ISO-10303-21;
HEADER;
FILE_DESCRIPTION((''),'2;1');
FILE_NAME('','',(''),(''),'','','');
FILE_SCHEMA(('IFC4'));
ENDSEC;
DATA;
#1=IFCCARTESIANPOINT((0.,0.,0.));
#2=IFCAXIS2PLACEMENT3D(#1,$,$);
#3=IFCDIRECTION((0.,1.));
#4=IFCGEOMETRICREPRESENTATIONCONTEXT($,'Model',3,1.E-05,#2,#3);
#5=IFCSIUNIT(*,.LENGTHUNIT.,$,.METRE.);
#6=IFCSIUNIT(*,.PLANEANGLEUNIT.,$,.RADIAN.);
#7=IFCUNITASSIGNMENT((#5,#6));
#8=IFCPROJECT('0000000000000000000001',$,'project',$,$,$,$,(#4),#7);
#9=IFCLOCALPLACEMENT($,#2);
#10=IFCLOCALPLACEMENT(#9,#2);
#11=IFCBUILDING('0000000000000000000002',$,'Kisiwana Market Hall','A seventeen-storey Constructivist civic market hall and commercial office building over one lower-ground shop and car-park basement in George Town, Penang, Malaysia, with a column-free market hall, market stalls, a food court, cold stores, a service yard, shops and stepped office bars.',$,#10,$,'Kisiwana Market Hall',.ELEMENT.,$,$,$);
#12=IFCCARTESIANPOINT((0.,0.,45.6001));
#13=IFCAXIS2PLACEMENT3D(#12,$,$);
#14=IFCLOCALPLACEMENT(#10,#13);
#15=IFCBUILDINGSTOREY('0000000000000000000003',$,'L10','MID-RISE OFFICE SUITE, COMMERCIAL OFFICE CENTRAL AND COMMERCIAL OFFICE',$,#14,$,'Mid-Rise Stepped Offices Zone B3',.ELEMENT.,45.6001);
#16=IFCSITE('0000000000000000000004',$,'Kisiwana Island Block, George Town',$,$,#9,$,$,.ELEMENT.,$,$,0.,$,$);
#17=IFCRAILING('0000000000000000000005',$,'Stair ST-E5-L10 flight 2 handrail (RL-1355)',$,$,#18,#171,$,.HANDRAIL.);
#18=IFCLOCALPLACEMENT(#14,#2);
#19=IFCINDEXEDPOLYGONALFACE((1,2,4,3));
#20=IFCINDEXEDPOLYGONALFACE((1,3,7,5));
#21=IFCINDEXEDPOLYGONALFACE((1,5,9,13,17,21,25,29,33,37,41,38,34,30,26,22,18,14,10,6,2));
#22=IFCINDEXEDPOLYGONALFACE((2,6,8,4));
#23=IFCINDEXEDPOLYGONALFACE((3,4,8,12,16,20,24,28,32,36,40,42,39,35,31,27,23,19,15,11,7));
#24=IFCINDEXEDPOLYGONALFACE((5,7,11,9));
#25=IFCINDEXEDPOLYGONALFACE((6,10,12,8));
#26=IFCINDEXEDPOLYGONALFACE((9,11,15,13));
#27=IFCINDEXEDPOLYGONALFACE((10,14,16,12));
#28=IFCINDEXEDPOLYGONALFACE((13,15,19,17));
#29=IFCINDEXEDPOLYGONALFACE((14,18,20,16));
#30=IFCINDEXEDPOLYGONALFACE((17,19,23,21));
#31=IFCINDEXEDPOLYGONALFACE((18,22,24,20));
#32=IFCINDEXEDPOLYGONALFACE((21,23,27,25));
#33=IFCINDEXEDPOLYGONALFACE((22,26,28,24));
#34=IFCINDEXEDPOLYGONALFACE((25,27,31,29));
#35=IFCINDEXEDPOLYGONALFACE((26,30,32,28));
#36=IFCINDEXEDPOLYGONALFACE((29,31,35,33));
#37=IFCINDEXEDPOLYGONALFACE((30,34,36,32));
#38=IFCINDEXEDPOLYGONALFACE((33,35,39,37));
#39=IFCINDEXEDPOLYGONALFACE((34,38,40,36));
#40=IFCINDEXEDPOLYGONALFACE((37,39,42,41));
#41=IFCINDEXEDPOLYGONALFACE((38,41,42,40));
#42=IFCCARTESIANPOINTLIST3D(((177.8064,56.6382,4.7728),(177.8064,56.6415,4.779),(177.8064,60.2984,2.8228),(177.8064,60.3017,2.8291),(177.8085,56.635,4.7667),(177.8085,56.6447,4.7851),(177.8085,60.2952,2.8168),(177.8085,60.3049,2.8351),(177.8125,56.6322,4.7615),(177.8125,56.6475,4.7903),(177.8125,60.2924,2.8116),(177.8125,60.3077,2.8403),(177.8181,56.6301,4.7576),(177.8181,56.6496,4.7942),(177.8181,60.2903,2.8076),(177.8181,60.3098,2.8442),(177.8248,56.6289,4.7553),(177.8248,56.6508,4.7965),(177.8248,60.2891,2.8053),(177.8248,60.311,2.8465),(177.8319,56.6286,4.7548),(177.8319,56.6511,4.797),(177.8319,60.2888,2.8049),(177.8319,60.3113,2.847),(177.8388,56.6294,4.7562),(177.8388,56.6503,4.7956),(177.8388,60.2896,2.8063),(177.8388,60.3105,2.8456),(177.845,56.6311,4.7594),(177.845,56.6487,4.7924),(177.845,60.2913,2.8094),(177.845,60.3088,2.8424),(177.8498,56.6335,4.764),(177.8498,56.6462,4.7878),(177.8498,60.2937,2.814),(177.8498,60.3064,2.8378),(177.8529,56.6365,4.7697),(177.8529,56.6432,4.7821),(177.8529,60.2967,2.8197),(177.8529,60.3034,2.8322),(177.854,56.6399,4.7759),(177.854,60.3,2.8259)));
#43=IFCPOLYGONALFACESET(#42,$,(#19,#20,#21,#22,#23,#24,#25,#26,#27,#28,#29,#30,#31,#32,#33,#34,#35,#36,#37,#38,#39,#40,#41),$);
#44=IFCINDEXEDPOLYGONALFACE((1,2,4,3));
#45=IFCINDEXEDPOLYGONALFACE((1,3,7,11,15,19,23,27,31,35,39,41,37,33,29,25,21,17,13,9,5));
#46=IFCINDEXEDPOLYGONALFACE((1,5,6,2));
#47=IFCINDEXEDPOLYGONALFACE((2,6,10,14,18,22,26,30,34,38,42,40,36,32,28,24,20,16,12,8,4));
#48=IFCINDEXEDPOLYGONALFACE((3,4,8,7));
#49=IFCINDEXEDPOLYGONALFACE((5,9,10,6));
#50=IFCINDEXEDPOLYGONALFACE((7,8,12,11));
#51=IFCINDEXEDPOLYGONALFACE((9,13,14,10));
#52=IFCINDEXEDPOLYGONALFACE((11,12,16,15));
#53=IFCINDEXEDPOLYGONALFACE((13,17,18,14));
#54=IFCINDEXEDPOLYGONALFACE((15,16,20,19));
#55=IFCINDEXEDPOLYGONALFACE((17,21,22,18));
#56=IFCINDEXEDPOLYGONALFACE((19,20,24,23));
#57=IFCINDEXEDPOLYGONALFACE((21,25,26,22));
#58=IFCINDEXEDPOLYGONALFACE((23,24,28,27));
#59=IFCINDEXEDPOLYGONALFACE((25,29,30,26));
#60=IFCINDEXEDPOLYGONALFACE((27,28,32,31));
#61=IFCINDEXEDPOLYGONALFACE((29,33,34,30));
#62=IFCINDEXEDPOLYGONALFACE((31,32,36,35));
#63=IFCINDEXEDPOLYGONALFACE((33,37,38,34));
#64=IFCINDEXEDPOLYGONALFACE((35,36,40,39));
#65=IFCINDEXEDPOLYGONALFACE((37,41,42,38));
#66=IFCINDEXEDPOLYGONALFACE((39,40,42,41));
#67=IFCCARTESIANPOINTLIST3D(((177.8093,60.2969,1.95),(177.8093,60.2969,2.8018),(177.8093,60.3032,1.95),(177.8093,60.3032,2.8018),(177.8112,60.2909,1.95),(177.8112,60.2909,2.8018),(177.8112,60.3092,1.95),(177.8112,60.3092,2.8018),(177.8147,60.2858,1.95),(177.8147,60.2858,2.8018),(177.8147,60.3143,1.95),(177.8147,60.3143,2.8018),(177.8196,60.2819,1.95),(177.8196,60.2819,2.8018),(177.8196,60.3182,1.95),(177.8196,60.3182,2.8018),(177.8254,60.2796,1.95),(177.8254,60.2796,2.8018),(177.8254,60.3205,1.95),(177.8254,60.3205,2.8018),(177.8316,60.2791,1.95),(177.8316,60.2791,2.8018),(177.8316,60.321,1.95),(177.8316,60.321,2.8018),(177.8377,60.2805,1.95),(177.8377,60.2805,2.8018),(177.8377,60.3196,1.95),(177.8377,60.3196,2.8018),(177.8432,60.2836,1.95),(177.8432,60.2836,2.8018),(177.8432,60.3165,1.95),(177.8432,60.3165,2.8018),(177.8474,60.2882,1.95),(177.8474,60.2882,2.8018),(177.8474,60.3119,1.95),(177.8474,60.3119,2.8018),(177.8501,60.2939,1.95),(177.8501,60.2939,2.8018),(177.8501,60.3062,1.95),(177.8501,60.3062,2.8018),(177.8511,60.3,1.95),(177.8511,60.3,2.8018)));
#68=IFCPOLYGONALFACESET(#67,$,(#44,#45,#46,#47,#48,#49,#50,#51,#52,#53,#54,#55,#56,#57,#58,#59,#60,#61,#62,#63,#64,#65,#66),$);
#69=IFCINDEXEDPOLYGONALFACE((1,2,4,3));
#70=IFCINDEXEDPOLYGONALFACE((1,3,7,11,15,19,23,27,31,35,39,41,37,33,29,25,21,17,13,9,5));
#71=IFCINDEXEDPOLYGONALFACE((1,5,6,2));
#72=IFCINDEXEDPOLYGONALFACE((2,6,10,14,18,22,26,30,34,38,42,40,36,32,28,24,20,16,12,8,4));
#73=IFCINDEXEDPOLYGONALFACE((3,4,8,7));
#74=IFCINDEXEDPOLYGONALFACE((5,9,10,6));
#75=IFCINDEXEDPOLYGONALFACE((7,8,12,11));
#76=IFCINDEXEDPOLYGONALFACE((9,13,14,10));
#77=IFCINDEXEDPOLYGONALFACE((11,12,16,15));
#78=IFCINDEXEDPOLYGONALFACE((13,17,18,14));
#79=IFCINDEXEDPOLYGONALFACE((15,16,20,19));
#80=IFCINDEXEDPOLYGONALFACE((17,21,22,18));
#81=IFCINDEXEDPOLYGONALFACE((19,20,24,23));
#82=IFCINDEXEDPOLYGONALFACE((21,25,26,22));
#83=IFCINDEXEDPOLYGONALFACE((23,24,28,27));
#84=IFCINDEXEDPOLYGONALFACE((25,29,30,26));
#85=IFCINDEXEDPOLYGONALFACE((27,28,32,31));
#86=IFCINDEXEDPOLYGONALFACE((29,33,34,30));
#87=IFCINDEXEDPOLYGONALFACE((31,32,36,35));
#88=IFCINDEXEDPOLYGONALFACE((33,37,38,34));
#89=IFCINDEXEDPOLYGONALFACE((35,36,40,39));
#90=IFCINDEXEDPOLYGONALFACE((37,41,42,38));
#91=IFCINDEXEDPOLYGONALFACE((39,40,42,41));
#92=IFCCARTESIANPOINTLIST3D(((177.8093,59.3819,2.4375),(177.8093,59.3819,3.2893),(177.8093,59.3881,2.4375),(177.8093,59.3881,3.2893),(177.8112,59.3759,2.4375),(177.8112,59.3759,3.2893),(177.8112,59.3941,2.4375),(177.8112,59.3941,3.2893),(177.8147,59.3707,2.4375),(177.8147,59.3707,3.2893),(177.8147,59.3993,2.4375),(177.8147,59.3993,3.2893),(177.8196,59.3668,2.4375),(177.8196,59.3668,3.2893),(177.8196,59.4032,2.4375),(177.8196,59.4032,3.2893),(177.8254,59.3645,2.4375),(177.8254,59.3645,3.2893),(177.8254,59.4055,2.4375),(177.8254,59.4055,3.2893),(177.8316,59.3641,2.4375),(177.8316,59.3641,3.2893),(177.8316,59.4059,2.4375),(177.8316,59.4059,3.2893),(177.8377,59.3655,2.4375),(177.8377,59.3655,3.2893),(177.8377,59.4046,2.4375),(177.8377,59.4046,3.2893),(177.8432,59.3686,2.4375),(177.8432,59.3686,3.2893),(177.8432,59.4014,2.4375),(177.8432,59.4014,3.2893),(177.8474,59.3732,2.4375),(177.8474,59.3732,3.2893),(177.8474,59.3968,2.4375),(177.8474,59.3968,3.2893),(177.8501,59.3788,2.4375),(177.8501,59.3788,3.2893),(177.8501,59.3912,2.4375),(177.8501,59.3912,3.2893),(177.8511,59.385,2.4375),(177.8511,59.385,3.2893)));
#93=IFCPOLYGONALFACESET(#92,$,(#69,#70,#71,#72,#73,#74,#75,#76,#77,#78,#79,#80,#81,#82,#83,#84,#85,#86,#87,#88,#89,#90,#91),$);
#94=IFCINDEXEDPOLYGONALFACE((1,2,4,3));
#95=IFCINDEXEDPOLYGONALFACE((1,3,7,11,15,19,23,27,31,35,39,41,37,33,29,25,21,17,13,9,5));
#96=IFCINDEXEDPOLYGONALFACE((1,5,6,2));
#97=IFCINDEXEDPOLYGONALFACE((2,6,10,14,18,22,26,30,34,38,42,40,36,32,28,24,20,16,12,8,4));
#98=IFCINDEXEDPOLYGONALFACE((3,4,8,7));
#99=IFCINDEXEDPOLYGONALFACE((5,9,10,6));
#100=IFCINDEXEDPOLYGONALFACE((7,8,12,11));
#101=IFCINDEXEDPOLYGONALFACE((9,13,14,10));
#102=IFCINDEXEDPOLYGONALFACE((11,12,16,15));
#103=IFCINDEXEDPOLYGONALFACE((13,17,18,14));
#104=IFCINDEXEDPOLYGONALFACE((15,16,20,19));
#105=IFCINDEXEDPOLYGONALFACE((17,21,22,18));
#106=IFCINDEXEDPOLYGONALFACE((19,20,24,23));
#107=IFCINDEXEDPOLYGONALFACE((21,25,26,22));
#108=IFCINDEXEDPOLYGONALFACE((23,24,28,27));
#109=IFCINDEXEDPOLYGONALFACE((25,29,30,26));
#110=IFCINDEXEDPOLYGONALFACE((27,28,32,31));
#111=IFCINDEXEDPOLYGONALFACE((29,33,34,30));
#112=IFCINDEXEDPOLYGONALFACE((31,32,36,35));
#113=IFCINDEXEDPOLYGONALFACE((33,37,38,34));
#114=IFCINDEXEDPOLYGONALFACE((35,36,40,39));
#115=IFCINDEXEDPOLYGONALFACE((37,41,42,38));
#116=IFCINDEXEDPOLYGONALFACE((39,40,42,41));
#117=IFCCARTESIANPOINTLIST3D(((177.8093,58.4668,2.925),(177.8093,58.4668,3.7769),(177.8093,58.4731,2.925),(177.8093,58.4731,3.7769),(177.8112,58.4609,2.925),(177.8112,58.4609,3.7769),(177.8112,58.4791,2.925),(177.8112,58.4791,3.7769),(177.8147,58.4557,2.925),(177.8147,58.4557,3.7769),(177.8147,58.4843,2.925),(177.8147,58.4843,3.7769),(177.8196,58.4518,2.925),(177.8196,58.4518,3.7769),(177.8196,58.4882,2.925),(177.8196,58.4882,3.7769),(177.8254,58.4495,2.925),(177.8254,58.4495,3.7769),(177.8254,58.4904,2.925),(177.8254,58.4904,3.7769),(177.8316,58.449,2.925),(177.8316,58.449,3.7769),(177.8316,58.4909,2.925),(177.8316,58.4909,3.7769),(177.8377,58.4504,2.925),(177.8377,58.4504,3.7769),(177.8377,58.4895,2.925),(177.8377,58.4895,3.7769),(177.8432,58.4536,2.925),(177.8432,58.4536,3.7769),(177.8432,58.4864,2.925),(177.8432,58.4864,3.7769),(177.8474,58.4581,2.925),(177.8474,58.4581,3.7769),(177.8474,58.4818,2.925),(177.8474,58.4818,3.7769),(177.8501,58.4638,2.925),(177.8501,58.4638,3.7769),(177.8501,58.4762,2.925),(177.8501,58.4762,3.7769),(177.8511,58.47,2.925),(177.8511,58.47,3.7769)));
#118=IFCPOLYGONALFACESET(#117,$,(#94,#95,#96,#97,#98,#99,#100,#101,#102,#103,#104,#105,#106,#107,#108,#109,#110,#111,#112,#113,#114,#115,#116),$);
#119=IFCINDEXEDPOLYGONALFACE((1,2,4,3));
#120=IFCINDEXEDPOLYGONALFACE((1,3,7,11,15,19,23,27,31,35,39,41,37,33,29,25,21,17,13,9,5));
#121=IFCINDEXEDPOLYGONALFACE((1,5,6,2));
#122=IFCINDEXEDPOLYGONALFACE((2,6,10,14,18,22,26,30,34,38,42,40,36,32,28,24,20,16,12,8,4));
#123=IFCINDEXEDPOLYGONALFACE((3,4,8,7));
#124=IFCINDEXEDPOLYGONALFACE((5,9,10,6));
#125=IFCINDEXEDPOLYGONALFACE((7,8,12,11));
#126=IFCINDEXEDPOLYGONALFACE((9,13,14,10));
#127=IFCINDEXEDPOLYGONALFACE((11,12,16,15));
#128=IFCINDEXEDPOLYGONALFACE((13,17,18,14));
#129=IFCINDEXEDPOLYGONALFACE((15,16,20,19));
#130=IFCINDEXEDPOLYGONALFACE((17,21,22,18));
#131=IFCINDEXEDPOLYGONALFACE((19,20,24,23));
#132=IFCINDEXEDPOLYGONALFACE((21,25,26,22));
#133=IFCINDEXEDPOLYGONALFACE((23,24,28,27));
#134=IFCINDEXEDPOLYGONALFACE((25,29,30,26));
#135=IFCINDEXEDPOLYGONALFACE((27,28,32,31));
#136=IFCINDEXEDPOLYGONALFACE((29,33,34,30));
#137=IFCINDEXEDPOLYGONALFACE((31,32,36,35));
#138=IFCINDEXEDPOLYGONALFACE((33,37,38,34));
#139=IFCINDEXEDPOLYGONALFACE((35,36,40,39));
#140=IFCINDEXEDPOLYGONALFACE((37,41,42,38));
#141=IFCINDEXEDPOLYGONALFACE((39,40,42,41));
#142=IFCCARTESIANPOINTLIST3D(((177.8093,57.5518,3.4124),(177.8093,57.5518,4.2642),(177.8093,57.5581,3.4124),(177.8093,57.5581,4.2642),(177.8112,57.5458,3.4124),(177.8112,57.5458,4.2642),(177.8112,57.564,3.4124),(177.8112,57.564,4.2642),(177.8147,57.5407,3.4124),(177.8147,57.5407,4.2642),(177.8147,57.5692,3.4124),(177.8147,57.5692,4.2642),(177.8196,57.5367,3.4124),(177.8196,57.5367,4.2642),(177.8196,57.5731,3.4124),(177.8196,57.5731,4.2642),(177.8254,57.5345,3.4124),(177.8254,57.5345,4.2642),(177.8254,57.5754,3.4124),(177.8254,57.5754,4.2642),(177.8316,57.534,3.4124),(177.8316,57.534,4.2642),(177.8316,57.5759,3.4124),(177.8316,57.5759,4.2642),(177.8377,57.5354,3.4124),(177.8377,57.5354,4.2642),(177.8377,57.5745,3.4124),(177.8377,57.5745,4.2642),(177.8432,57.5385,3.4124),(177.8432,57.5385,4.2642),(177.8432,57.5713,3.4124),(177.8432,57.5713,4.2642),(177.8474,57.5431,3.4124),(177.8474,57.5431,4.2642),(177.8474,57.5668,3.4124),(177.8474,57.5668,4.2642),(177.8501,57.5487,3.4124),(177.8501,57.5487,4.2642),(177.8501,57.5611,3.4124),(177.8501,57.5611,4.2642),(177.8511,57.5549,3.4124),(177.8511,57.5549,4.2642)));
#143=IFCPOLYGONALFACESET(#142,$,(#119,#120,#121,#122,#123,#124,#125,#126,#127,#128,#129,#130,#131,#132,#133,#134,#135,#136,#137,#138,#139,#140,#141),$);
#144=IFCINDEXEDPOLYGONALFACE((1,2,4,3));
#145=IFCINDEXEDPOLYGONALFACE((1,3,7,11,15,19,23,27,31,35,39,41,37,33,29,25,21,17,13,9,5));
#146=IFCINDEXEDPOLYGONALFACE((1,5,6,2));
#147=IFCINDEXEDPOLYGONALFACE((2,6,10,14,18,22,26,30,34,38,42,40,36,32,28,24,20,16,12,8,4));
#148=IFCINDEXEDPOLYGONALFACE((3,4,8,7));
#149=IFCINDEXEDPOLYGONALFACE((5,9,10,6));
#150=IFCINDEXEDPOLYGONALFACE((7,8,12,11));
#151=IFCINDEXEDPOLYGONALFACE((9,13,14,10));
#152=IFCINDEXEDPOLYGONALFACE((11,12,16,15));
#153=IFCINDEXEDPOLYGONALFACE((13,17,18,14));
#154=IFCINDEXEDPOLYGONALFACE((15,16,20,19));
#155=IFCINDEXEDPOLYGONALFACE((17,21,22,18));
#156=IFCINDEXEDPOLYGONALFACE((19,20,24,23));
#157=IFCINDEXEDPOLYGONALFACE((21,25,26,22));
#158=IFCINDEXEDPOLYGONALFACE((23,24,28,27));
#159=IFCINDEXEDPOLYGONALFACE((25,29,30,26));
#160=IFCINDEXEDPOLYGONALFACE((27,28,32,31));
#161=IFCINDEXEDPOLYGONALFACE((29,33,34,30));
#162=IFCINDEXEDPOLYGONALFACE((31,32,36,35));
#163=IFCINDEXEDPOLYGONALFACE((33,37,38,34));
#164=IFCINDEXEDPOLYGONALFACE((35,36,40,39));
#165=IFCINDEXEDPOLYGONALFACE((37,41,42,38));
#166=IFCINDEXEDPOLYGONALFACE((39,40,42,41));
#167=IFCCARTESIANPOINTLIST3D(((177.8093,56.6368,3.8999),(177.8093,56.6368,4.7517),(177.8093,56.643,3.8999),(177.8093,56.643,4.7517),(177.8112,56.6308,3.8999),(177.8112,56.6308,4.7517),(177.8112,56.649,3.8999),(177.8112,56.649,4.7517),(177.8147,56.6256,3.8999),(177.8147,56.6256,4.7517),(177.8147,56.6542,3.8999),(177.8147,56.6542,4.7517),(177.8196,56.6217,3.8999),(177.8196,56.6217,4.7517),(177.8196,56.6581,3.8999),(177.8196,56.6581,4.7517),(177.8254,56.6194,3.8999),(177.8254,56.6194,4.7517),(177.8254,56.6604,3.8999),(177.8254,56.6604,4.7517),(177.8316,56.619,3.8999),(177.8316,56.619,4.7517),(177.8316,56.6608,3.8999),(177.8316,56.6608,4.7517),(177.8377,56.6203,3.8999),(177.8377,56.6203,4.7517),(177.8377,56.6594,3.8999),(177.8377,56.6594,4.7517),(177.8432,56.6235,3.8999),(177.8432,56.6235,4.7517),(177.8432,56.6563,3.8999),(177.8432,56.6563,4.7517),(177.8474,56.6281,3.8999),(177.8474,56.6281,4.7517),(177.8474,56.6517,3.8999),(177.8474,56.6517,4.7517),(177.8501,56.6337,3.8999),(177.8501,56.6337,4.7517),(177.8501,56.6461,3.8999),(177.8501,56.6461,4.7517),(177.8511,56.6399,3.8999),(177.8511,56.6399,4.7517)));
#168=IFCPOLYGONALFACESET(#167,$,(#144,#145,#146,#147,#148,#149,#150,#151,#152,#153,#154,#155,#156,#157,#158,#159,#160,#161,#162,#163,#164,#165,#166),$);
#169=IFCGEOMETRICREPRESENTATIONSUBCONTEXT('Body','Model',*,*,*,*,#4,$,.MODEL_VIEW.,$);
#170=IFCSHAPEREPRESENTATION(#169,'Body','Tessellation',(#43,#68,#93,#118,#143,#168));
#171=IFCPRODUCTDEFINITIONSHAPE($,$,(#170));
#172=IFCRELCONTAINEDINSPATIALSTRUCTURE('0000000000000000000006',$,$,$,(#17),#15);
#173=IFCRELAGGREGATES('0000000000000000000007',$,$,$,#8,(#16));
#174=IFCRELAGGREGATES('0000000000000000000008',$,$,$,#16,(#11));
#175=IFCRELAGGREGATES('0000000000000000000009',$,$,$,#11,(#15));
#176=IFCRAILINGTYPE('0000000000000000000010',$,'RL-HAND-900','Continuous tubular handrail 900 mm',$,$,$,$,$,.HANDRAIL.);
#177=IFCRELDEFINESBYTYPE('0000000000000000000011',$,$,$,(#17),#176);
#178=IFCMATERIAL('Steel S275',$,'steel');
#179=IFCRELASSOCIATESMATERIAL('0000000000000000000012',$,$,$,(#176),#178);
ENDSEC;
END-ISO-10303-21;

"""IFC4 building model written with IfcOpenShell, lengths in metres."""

from ifc_helpers import new_model, si_unit, direction, frame, origin, origin_2d, place, context, subcontext, project, spatial, circle, extrude, material, type_object, element, save


model = new_model("IFC4")

# Units and contexts
model_context = context("Model", 3, precision=1e-05, world=origin(), true_north=direction((0.0, 1.0)))
body_context = subcontext(model_context, "Body", "Model", "MODEL_VIEW")
ifc_project = project(units=[si_unit("LENGTHUNIT", "METRE"), si_unit("PLANEANGLEUNIT", "RADIAN")], contexts=[model_context])

# Site, building, storey
site_placement = place(None, origin())
site = spatial("IfcSite", under=ifc_project, at=site_placement, Name="Kisiwana Island Block, George Town", CompositionType="ELEMENT", RefElevation=0.0)
building_placement = place(site_placement, origin())
building = spatial("IfcBuilding", under=site, at=building_placement, Name="Kisiwana Market Hall", Description="A seventeen-storey Constructivist civic market hall and commercial office building over one lower-ground shop and car-park basement in George Town, Penang, Malaysia, with a column-free market hall, market stalls, a food court, cold stores, a service yard, shops and stepped office bars.", LongName="Kisiwana Market Hall", CompositionType="ELEMENT")
storey_placement = place(building_placement, frame((0.0, 0.0, 45.6001)))
storey = spatial("IfcBuildingStorey", under=building, at=storey_placement, Name="L10", Description="MID-RISE OFFICE SUITE, COMMERCIAL OFFICE CENTRAL AND COMMERCIAL OFFICE", LongName="Mid-Rise Stepped Offices Zone B3", CompositionType="ELEMENT", Elevation=45.6001)

# Railing
ifc_material_1 = material(Name="Steel S275", Category="steel")
railing_type_1 = type_object("IfcRailingType", Name="RL-HAND-900", Description="Continuous tubular handrail 900 mm", PredefinedType="HANDRAIL", material=ifc_material_1)
railing_1_placement = place(storey_placement, frame((177.8301, 60.3, 1.95)))
element("IfcRailing", 1, at=railing_1_placement, inside=storey, type_object=railing_type_1, Name="Stair ST-E5-L10 flight 2 handrail (RL-1355)", PredefinedType="HANDRAIL", context=body_context, shape_type="SweptSolid", body=[
    extrude(circle(Radius=0.0239, at=origin_2d()), frame((0.0, 0.0, 0.876), z_axis=(0.0, -0.882566, 0.470188), x_axis=(1.0, 0.0, 0.0)), (0.0, 0.0, 1.0), 4.1472),
    extrude(circle(Radius=0.021, at=origin_2d()), origin(), (0.0, 0.0, 1.0), 0.8518),
    extrude(circle(Radius=0.021, at=origin_2d()), frame((0.0, -0.915, 0.4875)), (0.0, 0.0, 1.0), 0.8518),
    extrude(circle(Radius=0.021, at=origin_2d()), frame((0.0, -1.8301, 0.9751)), (0.0, 0.0, 1.0), 0.8518),
    extrude(circle(Radius=0.021, at=origin_2d()), frame((0.0, -2.7451, 1.4624)), (0.0, 0.0, 1.0), 0.8518),
    extrude(circle(Radius=0.021, at=origin_2d()), frame((0.0, -3.6602, 1.95)), (0.0, 0.0, 1.0), 0.8518),
])

save(model, "model.ifc")
